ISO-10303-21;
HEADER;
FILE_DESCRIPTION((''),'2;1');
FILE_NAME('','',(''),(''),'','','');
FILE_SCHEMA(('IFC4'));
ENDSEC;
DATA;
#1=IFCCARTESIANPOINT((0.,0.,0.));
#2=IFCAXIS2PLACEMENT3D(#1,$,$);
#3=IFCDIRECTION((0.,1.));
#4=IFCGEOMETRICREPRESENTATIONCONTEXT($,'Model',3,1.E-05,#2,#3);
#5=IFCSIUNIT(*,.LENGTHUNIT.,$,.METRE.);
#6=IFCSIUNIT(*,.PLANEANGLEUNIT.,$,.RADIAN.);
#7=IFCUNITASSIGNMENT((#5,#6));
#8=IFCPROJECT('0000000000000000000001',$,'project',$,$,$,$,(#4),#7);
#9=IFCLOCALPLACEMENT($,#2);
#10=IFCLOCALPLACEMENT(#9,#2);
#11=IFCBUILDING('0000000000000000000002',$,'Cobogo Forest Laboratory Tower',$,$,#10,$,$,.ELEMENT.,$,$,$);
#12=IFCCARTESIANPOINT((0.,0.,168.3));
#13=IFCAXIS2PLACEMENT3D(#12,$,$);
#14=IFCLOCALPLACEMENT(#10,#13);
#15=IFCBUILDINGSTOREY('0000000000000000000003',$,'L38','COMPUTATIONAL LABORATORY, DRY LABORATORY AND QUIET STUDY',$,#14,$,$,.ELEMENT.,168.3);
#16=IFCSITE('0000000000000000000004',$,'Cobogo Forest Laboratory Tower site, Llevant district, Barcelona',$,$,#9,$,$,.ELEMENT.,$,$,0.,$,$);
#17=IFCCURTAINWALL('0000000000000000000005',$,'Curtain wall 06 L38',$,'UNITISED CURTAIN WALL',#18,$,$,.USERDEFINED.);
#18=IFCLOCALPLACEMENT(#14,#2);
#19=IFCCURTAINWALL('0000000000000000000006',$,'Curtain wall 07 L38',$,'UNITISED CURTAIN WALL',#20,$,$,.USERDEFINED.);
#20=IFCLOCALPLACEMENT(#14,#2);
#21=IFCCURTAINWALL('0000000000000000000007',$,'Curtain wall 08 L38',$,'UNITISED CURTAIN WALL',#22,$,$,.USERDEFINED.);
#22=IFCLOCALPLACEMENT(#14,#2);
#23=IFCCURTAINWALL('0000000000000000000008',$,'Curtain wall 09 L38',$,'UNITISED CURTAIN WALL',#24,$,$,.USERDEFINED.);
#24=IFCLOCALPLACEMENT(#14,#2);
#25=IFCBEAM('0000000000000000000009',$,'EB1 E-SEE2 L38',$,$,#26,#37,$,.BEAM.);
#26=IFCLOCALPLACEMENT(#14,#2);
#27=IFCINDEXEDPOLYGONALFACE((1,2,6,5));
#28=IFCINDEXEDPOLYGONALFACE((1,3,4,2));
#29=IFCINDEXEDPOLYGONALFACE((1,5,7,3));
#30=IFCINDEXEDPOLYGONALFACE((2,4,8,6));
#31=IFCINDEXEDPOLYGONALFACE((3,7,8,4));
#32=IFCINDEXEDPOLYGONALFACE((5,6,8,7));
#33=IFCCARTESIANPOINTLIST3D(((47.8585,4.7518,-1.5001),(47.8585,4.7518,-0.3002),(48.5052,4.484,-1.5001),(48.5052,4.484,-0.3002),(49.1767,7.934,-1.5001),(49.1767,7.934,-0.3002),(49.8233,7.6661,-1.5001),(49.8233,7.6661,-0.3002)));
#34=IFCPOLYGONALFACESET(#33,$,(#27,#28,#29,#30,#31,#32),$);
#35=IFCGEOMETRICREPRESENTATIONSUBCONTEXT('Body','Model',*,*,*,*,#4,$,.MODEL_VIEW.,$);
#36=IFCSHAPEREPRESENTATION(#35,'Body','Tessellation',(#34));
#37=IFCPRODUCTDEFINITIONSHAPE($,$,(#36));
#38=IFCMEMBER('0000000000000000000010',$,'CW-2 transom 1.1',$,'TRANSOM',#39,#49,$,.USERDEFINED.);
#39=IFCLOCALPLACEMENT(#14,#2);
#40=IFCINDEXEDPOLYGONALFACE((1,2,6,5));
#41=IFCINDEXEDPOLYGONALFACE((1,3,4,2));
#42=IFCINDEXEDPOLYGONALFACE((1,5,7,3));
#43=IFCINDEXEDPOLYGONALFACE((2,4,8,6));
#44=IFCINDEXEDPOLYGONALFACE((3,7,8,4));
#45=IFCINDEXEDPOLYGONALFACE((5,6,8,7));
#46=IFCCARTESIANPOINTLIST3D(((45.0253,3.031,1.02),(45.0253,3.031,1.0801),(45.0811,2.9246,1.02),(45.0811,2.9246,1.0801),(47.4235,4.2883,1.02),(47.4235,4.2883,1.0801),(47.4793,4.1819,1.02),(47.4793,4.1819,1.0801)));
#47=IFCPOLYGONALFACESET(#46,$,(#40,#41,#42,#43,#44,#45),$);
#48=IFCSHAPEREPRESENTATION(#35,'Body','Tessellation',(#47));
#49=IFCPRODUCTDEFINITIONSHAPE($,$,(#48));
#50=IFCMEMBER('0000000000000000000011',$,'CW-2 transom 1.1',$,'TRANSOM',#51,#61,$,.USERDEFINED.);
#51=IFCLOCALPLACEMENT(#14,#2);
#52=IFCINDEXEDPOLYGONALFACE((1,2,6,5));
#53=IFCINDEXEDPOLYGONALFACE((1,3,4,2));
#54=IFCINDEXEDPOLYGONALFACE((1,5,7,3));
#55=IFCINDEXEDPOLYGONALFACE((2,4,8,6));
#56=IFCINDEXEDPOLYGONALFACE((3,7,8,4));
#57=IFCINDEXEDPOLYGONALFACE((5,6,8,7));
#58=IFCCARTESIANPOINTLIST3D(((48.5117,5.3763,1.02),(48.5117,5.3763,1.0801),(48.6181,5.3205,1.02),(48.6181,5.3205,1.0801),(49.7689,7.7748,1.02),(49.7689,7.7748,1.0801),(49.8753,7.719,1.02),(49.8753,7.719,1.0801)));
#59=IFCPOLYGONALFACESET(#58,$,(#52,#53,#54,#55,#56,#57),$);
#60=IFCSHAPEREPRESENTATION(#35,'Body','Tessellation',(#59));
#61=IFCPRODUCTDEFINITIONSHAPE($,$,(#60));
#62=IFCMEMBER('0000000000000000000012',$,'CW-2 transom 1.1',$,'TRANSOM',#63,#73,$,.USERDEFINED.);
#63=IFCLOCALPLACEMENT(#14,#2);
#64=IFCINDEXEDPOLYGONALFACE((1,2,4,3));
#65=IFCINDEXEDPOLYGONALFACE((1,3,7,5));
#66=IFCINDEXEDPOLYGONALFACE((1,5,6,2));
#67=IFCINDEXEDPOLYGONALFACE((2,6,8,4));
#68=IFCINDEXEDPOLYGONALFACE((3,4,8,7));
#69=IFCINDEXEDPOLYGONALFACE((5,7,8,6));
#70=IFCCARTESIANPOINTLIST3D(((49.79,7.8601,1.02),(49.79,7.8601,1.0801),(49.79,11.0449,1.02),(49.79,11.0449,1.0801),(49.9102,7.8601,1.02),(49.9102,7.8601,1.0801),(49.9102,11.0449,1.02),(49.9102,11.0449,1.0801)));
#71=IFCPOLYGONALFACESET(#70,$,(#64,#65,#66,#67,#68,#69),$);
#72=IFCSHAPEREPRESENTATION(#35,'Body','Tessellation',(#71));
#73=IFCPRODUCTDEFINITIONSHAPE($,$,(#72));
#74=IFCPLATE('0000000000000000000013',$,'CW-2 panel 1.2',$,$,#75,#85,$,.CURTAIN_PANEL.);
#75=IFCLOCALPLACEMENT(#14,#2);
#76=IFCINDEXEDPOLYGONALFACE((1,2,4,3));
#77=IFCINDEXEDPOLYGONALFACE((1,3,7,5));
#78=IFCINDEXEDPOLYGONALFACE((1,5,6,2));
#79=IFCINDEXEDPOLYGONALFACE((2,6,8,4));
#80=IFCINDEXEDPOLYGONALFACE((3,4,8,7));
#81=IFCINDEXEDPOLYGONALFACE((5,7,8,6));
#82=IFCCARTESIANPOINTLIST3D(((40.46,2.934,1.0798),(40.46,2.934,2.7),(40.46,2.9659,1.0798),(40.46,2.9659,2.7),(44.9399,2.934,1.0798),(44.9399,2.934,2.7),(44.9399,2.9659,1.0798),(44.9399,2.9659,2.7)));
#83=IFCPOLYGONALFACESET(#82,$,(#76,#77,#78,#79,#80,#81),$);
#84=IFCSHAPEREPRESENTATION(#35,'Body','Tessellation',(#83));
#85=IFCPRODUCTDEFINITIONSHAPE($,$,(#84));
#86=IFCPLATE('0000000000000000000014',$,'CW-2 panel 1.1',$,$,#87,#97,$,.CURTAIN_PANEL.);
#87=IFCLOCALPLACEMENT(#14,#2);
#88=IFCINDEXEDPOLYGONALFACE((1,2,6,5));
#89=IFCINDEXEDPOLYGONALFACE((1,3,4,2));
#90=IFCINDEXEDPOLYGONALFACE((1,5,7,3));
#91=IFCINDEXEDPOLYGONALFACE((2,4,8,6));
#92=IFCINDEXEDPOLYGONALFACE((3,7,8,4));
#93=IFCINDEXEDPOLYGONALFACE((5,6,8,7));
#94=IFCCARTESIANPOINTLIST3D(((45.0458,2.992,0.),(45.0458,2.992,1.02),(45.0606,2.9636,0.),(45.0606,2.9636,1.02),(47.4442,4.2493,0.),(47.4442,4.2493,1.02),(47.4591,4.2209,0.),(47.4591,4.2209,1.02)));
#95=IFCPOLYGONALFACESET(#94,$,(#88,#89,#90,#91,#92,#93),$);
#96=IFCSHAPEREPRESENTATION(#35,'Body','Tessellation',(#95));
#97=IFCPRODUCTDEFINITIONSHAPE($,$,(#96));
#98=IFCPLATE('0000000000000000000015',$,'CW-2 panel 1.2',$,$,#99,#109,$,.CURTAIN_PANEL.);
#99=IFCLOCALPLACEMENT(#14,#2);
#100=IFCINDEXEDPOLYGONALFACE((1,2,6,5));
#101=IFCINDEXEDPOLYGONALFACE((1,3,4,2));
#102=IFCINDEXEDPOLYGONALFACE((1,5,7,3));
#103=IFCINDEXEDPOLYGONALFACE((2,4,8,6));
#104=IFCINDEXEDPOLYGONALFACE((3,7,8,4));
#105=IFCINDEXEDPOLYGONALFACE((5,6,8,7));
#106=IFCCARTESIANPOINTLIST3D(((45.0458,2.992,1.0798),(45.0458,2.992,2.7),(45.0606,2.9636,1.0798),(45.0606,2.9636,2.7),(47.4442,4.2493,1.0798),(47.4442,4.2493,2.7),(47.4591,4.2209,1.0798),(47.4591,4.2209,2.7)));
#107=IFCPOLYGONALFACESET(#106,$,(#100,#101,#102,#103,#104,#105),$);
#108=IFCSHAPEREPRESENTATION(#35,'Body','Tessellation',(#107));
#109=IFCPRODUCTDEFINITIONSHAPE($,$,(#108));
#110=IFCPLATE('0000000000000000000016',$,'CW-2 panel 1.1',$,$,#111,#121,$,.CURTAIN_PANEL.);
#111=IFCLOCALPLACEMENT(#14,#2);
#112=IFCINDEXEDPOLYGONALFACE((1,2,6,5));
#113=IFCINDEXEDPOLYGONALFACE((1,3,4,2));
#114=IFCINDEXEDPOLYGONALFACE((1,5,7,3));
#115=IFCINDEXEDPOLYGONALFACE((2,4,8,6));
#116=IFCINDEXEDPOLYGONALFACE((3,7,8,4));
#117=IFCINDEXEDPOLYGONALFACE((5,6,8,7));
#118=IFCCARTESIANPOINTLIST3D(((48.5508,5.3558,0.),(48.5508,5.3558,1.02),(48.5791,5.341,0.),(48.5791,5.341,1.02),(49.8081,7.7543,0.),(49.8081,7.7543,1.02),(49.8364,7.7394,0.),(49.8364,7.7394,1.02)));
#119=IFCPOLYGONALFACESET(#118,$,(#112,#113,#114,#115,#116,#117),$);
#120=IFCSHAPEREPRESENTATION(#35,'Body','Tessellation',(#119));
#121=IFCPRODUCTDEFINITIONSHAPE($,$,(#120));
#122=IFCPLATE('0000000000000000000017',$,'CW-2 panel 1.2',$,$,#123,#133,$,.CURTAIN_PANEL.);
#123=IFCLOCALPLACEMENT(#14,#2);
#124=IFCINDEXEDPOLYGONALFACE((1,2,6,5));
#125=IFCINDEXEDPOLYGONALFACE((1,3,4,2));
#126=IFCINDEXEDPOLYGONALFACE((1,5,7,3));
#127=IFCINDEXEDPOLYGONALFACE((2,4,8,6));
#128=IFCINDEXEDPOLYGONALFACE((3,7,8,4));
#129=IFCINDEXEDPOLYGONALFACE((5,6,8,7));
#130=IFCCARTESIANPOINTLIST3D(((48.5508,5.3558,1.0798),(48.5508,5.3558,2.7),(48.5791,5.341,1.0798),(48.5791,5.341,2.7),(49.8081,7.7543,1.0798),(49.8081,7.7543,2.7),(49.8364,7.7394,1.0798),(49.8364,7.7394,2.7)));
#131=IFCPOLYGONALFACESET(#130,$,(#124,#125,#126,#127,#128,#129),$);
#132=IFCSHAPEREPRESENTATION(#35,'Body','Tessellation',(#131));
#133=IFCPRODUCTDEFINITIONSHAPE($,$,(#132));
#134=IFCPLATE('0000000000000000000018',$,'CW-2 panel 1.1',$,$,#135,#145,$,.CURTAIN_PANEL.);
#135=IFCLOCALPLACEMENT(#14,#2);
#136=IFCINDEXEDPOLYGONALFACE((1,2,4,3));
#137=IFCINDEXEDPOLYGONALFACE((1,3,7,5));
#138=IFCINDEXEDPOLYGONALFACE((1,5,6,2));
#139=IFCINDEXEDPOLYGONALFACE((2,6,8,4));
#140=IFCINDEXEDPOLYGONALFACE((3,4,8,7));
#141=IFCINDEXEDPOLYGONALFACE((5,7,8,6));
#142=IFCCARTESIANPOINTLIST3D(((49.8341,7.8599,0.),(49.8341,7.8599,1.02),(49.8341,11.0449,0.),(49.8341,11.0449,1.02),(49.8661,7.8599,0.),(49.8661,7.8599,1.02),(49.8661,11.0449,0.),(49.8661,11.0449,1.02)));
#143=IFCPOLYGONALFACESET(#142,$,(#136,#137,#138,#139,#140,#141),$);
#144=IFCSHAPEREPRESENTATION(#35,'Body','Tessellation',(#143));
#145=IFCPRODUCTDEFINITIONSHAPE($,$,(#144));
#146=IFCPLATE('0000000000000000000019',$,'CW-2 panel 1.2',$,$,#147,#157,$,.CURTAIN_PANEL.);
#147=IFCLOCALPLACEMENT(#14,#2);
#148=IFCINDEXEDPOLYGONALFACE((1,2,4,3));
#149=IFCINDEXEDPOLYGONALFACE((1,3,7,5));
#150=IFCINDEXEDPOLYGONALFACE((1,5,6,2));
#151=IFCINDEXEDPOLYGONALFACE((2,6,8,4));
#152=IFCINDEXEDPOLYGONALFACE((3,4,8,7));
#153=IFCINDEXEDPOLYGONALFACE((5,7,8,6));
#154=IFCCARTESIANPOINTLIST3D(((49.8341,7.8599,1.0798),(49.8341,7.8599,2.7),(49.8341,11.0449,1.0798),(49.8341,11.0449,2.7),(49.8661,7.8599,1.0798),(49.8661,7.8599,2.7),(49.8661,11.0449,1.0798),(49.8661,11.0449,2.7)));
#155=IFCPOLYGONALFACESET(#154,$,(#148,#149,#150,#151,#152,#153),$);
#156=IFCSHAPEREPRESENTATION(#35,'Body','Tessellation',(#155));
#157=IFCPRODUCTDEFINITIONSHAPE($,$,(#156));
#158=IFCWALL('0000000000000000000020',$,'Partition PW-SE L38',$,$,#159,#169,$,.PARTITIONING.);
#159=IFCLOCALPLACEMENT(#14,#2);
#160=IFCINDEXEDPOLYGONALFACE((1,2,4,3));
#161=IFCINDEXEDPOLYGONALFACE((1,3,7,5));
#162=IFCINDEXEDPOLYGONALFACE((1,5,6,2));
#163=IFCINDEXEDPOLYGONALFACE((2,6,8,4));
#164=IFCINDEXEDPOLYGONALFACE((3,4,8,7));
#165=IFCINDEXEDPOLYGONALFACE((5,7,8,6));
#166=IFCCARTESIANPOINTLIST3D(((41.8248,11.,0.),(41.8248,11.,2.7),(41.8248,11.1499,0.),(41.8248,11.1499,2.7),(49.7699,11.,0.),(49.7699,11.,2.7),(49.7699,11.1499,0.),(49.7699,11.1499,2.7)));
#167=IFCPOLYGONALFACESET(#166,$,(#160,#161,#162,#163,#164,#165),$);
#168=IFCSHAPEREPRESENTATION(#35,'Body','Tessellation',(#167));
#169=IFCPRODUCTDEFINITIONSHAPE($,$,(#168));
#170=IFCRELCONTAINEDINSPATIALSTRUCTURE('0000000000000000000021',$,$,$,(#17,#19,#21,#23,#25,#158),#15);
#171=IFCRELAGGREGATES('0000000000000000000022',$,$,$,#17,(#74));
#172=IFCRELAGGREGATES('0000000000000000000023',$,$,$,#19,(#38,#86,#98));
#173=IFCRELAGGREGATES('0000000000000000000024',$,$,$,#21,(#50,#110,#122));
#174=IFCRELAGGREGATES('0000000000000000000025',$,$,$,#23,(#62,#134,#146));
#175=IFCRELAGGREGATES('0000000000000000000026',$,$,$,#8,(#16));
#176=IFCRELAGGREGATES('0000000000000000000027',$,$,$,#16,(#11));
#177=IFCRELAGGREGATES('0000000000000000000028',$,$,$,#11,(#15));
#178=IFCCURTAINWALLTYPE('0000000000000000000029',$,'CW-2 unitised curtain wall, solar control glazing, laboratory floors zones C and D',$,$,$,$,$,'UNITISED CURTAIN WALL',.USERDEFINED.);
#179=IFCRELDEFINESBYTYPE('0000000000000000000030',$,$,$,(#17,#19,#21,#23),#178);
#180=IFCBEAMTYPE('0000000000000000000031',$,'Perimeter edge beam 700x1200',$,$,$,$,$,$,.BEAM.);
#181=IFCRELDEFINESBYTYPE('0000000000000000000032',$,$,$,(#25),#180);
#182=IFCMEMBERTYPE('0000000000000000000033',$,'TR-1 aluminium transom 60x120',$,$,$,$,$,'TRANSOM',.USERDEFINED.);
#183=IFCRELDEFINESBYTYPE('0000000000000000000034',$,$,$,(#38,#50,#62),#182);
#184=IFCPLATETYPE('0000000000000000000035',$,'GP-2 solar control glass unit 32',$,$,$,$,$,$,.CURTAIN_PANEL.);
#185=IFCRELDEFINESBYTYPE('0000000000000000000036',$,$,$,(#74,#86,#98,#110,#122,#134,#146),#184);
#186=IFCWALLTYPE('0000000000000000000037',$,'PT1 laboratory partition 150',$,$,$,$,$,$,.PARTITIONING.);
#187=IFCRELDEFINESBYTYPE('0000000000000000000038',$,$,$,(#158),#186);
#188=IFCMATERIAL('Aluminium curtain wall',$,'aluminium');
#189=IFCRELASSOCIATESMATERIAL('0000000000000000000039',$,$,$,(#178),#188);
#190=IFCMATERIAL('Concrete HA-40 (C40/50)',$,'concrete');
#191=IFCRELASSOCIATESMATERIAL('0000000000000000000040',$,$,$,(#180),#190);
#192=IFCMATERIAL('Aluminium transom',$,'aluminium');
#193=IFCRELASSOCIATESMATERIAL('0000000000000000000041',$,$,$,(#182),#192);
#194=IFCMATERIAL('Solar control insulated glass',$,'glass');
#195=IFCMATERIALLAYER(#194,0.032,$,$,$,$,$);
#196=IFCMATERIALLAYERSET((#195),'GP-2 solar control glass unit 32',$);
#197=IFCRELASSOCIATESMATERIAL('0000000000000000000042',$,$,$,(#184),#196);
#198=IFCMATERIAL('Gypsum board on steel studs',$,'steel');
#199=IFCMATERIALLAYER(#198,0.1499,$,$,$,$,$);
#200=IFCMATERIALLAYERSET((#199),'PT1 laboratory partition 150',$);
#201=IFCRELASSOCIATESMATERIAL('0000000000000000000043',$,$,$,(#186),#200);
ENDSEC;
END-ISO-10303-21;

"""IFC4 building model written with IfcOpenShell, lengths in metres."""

from ifc_helpers import new_model, si_unit, direction, frame, frame_2d, origin, origin_2d, place, context, subcontext, project, spatial, rectangle, extrude, material, layer, layer_set, material_profile, profile_set, type_object, element, aggregate, save


model = new_model("IFC4")

# Units and contexts
model_context = context("Model", 3, precision=1e-05, world=origin(), true_north=direction((0.0, 1.0)))
body_context = subcontext(model_context, "Body", "Model", "MODEL_VIEW")
ifc_project = project(units=[si_unit("LENGTHUNIT", "METRE"), si_unit("PLANEANGLEUNIT", "RADIAN")], contexts=[model_context])

# Site, building, storey
site_placement = place(None, origin())
site = spatial("IfcSite", under=ifc_project, at=site_placement, Name="Cobogo Forest Laboratory Tower site, Llevant district, Barcelona", CompositionType="ELEMENT", RefElevation=0.0)
building_placement = place(site_placement, origin())
building = spatial("IfcBuilding", under=site, at=building_placement, Name="Cobogo Forest Laboratory Tower", CompositionType="ELEMENT")
storey_placement = place(building_placement, frame((0.0, 0.0, 168.3)))
storey = spatial("IfcBuildingStorey", under=building, at=storey_placement, Name="L38", Description="COMPUTATIONAL LABORATORY, DRY LABORATORY AND QUIET STUDY", CompositionType="ELEMENT", Elevation=168.3)

# Shared definitions
ifc_material_1 = material(Name="Concrete HA-40 (C40/50)", Category="concrete")

# Curtain wall
ifc_material_2 = material(Name="Aluminium curtain wall", Category="aluminium")
curtain_wall_type = type_object("IfcCurtainWallType", Name="CW-2 unitised curtain wall, solar control glazing, laboratory floors zones C and D", ElementType="UNITISED CURTAIN WALL", PredefinedType="USERDEFINED", material=ifc_material_2)
curtain_wall_1_placement = place(storey_placement, origin())
curtain_wall_1 = element("IfcCurtainWall", 1, at=curtain_wall_1_placement, inside=storey, type_object=curtain_wall_type, Name="Curtain wall 06 L38", ObjectType="UNITISED CURTAIN WALL", PredefinedType="USERDEFINED")

# Curtain walls
curtain_wall_2_placement = place(storey_placement, origin())
curtain_wall_2 = element("IfcCurtainWall", 2, at=curtain_wall_2_placement, inside=storey, type_object=curtain_wall_type, Name="Curtain wall 07 L38", ObjectType="UNITISED CURTAIN WALL", PredefinedType="USERDEFINED")
curtain_wall_3_placement = place(storey_placement, origin())
curtain_wall_3 = element("IfcCurtainWall", 3, at=curtain_wall_3_placement, inside=storey, type_object=curtain_wall_type, Name="Curtain wall 08 L38", ObjectType="UNITISED CURTAIN WALL", PredefinedType="USERDEFINED")
curtain_wall_4_placement = place(storey_placement, origin())
curtain_wall_4 = element("IfcCurtainWall", 4, at=curtain_wall_4_placement, inside=storey, type_object=curtain_wall_type, Name="Curtain wall 09 L38", ObjectType="UNITISED CURTAIN WALL", PredefinedType="USERDEFINED")

# Beam
ifc_material_profile_1 = material_profile(ifc_material_1, rectangle(XDim=0.7, YDim=1.2, at=origin_2d()), Name="RC 700x1200")
ifc_profile_set_1 = profile_set([ifc_material_profile_1], Name="Concrete HA-40 (C40/50)")
beam_type_1 = type_object("IfcBeamType", Name="Perimeter edge beam 700x1200", PredefinedType="BEAM", material=ifc_profile_set_1)
beam_1_placement = place(storey_placement, frame((49.5, 7.8, -0.9001), z_axis=(-0.382692, -0.923876, 0.0), x_axis=(0.923876, -0.382692, 0.0)))
element("IfcBeam", 5, at=beam_1_placement, inside=storey, type_object=beam_type_1, Name="EB1 E-SEE2 L38", PredefinedType="BEAM", context=body_context, shape_type="SweptSolid", body=[
    extrude(rectangle(XDim=0.7, YDim=1.2, at=origin_2d()), origin(), (0.0, 0.0, 1.0), 3.4443),
])

# Members
ifc_material_3 = material(Name="Aluminium transom", Category="aluminium")
ifc_material_profile_2 = material_profile(ifc_material_3, rectangle(XDim=0.1201, YDim=0.0601, at=origin_2d()), Name="AL 60x120")
ifc_profile_set_2 = profile_set([ifc_material_profile_2], Name="Aluminium transom")
member_type_1 = type_object("IfcMemberType", Name="TR-1 aluminium transom 60x120", ElementType="TRANSOM", PredefinedType="USERDEFINED", material=ifc_profile_set_2)
member_1_placement = place(storey_placement, frame((45.0532, 2.9778, 1.05), z_axis=(0.88566, 0.464334, 0.0), x_axis=(-0.464334, 0.88566, 0.0)))
member_1 = element("IfcMember", 6, at=member_1_placement, type_object=member_type_1, Name="CW-2 transom 1.1", ObjectType="TRANSOM", PredefinedType="USERDEFINED", context=body_context, shape_type="SweptSolid", body=[
    extrude(rectangle(XDim=0.1201, YDim=0.0601, at=origin_2d()), origin(), (0.0, 0.0, 1.0), 2.7078),
])
member_2_placement = place(storey_placement, frame((48.5649, 5.3484, 1.05), z_axis=(0.464226, 0.885717, 0.0), x_axis=(-0.885717, 0.464226, 0.0)))
member_2 = element("IfcMember", 7, at=member_2_placement, type_object=member_type_1, Name="CW-2 transom 1.1", ObjectType="TRANSOM", PredefinedType="USERDEFINED", context=body_context, shape_type="SweptSolid", body=[
    extrude(rectangle(XDim=0.1201, YDim=0.0601, at=origin_2d()), origin(), (0.0, 0.0, 1.0), 2.708),
])
member_3_placement = place(storey_placement, frame((49.8501, 7.8601, 1.05), z_axis=(0.0, 1.0, 0.0), x_axis=(-1.0, 0.0, 0.0)))
member_3 = element("IfcMember", 8, at=member_3_placement, type_object=member_type_1, Name="CW-2 transom 1.1", ObjectType="TRANSOM", PredefinedType="USERDEFINED", context=body_context, shape_type="SweptSolid", body=[
    extrude(rectangle(XDim=0.1201, YDim=0.0601, at=origin_2d()), origin(), (0.0, 0.0, 1.0), 3.1848),
])

# Plates
ifc_material_4 = material(Name="Solar control insulated glass", Category="glass")
ifc_layer_1 = layer(ifc_material_4, 0.032)
ifc_layer_set_1 = layer_set([ifc_layer_1], Name="GP-2 solar control glass unit 32")
plate_type = type_object("IfcPlateType", Name="GP-2 solar control glass unit 32", PredefinedType="CURTAIN_PANEL", material=ifc_layer_set_1)
plate_1_placement = place(storey_placement, frame((42.7, 2.95, 1.0798), z_axis=(0.0, 0.0, 1.0), x_axis=(1.0, 0.0, 0.0)))
plate_1 = element("IfcPlate", 9, at=plate_1_placement, type_object=plate_type, Name="CW-2 panel 1.2", PredefinedType="CURTAIN_PANEL", context=body_context, shape_type="SweptSolid", body=[
    extrude(rectangle(XDim=4.48, YDim=0.032, at=origin_2d()), origin(), (0.0, 0.0, 1.0), 1.6201),
])
aggregate(curtain_wall_1, [plate_1])
plate_2_placement = place(storey_placement, frame((46.2524, 3.6064, 0.0), z_axis=(0.0, 0.0, 1.0), x_axis=(0.885686, 0.464284, 0.0)))
plate_2 = element("IfcPlate", 10, at=plate_2_placement, type_object=plate_type, Name="CW-2 panel 1.1", PredefinedType="CURTAIN_PANEL", context=body_context, shape_type="SweptSolid", body=[
    extrude(rectangle(XDim=2.708, YDim=0.032, at=origin_2d()), origin(), (0.0, 0.0, 1.0), 1.02),
])
plate_3_placement = place(storey_placement, frame((46.2524, 3.6064, 1.0798), z_axis=(0.0, 0.0, 1.0), x_axis=(0.885686, 0.464284, 0.0)))
plate_3 = element("IfcPlate", 11, at=plate_3_placement, type_object=plate_type, Name="CW-2 panel 1.2", PredefinedType="CURTAIN_PANEL", context=body_context, shape_type="SweptSolid", body=[
    extrude(rectangle(XDim=2.708, YDim=0.032, at=origin_2d()), origin(), (0.0, 0.0, 1.0), 1.6201),
])
aggregate(curtain_wall_2, [member_1, plate_2, plate_3])
plate_4_placement = place(storey_placement, frame((49.1936, 6.5476, 0.0), z_axis=(0.0, 0.0, 1.0), x_axis=(0.464284, 0.885686, 0.0)))
plate_4 = element("IfcPlate", 12, at=plate_4_placement, type_object=plate_type, Name="CW-2 panel 1.1", PredefinedType="CURTAIN_PANEL", context=body_context, shape_type="SweptSolid", body=[
    extrude(rectangle(XDim=2.708, YDim=0.032, at=origin_2d()), origin(), (0.0, 0.0, 1.0), 1.02),
])
plate_5_placement = place(storey_placement, frame((49.1936, 6.5476, 1.0798), z_axis=(0.0, 0.0, 1.0), x_axis=(0.464284, 0.885686, 0.0)))
plate_5 = element("IfcPlate", 13, at=plate_5_placement, type_object=plate_type, Name="CW-2 panel 1.2", PredefinedType="CURTAIN_PANEL", context=body_context, shape_type="SweptSolid", body=[
    extrude(rectangle(XDim=2.708, YDim=0.032, at=origin_2d()), origin(), (0.0, 0.0, 1.0), 1.6201),
])
aggregate(curtain_wall_3, [member_2, plate_4, plate_5])
plate_6_placement = place(storey_placement, frame((49.8501, 9.4524, 0.0), z_axis=(0.0, 0.0, 1.0), x_axis=(0.0, 1.0, 0.0)))
plate_6 = element("IfcPlate", 14, at=plate_6_placement, type_object=plate_type, Name="CW-2 panel 1.1", PredefinedType="CURTAIN_PANEL", context=body_context, shape_type="SweptSolid", body=[
    extrude(rectangle(XDim=3.1851, YDim=0.032, at=origin_2d()), origin(), (0.0, 0.0, 1.0), 1.02),
])
plate_7_placement = place(storey_placement, frame((49.8501, 9.4524, 1.0798), z_axis=(0.0, 0.0, 1.0), x_axis=(0.0, 1.0, 0.0)))
plate_7 = element("IfcPlate", 15, at=plate_7_placement, type_object=plate_type, Name="CW-2 panel 1.2", PredefinedType="CURTAIN_PANEL", context=body_context, shape_type="SweptSolid", body=[
    extrude(rectangle(XDim=3.1851, YDim=0.032, at=origin_2d()), origin(), (0.0, 0.0, 1.0), 1.6201),
])
aggregate(curtain_wall_4, [member_3, plate_6, plate_7])

# Wall
ifc_material_5 = material(Name="Gypsum board on steel studs", Category="steel")
ifc_layer_2 = layer(ifc_material_5, 0.1499)
ifc_layer_set_2 = layer_set([ifc_layer_2], Name="PT1 laboratory partition 150")
wall_type = type_object("IfcWallType", Name="PT1 laboratory partition 150", PredefinedType="PARTITIONING", material=ifc_layer_set_2)
wall_placement = place(storey_placement, frame((49.77, 11.075, 0.0), z_axis=(0.0, 0.0, 1.0), x_axis=(-1.0, 0.0, 0.0)))
element("IfcWall", 16, at=wall_placement, inside=storey, type_object=wall_type, Name="Partition PW-SE L38", PredefinedType="PARTITIONING", context=body_context, shape_type="SweptSolid", body=[
    extrude(rectangle(XDim=7.9451, YDim=0.1499, at=frame_2d((3.9727, 0.0))), origin(), (0.0, 0.0, 1.0), 2.7),
])

save(model, "model.ifc")
